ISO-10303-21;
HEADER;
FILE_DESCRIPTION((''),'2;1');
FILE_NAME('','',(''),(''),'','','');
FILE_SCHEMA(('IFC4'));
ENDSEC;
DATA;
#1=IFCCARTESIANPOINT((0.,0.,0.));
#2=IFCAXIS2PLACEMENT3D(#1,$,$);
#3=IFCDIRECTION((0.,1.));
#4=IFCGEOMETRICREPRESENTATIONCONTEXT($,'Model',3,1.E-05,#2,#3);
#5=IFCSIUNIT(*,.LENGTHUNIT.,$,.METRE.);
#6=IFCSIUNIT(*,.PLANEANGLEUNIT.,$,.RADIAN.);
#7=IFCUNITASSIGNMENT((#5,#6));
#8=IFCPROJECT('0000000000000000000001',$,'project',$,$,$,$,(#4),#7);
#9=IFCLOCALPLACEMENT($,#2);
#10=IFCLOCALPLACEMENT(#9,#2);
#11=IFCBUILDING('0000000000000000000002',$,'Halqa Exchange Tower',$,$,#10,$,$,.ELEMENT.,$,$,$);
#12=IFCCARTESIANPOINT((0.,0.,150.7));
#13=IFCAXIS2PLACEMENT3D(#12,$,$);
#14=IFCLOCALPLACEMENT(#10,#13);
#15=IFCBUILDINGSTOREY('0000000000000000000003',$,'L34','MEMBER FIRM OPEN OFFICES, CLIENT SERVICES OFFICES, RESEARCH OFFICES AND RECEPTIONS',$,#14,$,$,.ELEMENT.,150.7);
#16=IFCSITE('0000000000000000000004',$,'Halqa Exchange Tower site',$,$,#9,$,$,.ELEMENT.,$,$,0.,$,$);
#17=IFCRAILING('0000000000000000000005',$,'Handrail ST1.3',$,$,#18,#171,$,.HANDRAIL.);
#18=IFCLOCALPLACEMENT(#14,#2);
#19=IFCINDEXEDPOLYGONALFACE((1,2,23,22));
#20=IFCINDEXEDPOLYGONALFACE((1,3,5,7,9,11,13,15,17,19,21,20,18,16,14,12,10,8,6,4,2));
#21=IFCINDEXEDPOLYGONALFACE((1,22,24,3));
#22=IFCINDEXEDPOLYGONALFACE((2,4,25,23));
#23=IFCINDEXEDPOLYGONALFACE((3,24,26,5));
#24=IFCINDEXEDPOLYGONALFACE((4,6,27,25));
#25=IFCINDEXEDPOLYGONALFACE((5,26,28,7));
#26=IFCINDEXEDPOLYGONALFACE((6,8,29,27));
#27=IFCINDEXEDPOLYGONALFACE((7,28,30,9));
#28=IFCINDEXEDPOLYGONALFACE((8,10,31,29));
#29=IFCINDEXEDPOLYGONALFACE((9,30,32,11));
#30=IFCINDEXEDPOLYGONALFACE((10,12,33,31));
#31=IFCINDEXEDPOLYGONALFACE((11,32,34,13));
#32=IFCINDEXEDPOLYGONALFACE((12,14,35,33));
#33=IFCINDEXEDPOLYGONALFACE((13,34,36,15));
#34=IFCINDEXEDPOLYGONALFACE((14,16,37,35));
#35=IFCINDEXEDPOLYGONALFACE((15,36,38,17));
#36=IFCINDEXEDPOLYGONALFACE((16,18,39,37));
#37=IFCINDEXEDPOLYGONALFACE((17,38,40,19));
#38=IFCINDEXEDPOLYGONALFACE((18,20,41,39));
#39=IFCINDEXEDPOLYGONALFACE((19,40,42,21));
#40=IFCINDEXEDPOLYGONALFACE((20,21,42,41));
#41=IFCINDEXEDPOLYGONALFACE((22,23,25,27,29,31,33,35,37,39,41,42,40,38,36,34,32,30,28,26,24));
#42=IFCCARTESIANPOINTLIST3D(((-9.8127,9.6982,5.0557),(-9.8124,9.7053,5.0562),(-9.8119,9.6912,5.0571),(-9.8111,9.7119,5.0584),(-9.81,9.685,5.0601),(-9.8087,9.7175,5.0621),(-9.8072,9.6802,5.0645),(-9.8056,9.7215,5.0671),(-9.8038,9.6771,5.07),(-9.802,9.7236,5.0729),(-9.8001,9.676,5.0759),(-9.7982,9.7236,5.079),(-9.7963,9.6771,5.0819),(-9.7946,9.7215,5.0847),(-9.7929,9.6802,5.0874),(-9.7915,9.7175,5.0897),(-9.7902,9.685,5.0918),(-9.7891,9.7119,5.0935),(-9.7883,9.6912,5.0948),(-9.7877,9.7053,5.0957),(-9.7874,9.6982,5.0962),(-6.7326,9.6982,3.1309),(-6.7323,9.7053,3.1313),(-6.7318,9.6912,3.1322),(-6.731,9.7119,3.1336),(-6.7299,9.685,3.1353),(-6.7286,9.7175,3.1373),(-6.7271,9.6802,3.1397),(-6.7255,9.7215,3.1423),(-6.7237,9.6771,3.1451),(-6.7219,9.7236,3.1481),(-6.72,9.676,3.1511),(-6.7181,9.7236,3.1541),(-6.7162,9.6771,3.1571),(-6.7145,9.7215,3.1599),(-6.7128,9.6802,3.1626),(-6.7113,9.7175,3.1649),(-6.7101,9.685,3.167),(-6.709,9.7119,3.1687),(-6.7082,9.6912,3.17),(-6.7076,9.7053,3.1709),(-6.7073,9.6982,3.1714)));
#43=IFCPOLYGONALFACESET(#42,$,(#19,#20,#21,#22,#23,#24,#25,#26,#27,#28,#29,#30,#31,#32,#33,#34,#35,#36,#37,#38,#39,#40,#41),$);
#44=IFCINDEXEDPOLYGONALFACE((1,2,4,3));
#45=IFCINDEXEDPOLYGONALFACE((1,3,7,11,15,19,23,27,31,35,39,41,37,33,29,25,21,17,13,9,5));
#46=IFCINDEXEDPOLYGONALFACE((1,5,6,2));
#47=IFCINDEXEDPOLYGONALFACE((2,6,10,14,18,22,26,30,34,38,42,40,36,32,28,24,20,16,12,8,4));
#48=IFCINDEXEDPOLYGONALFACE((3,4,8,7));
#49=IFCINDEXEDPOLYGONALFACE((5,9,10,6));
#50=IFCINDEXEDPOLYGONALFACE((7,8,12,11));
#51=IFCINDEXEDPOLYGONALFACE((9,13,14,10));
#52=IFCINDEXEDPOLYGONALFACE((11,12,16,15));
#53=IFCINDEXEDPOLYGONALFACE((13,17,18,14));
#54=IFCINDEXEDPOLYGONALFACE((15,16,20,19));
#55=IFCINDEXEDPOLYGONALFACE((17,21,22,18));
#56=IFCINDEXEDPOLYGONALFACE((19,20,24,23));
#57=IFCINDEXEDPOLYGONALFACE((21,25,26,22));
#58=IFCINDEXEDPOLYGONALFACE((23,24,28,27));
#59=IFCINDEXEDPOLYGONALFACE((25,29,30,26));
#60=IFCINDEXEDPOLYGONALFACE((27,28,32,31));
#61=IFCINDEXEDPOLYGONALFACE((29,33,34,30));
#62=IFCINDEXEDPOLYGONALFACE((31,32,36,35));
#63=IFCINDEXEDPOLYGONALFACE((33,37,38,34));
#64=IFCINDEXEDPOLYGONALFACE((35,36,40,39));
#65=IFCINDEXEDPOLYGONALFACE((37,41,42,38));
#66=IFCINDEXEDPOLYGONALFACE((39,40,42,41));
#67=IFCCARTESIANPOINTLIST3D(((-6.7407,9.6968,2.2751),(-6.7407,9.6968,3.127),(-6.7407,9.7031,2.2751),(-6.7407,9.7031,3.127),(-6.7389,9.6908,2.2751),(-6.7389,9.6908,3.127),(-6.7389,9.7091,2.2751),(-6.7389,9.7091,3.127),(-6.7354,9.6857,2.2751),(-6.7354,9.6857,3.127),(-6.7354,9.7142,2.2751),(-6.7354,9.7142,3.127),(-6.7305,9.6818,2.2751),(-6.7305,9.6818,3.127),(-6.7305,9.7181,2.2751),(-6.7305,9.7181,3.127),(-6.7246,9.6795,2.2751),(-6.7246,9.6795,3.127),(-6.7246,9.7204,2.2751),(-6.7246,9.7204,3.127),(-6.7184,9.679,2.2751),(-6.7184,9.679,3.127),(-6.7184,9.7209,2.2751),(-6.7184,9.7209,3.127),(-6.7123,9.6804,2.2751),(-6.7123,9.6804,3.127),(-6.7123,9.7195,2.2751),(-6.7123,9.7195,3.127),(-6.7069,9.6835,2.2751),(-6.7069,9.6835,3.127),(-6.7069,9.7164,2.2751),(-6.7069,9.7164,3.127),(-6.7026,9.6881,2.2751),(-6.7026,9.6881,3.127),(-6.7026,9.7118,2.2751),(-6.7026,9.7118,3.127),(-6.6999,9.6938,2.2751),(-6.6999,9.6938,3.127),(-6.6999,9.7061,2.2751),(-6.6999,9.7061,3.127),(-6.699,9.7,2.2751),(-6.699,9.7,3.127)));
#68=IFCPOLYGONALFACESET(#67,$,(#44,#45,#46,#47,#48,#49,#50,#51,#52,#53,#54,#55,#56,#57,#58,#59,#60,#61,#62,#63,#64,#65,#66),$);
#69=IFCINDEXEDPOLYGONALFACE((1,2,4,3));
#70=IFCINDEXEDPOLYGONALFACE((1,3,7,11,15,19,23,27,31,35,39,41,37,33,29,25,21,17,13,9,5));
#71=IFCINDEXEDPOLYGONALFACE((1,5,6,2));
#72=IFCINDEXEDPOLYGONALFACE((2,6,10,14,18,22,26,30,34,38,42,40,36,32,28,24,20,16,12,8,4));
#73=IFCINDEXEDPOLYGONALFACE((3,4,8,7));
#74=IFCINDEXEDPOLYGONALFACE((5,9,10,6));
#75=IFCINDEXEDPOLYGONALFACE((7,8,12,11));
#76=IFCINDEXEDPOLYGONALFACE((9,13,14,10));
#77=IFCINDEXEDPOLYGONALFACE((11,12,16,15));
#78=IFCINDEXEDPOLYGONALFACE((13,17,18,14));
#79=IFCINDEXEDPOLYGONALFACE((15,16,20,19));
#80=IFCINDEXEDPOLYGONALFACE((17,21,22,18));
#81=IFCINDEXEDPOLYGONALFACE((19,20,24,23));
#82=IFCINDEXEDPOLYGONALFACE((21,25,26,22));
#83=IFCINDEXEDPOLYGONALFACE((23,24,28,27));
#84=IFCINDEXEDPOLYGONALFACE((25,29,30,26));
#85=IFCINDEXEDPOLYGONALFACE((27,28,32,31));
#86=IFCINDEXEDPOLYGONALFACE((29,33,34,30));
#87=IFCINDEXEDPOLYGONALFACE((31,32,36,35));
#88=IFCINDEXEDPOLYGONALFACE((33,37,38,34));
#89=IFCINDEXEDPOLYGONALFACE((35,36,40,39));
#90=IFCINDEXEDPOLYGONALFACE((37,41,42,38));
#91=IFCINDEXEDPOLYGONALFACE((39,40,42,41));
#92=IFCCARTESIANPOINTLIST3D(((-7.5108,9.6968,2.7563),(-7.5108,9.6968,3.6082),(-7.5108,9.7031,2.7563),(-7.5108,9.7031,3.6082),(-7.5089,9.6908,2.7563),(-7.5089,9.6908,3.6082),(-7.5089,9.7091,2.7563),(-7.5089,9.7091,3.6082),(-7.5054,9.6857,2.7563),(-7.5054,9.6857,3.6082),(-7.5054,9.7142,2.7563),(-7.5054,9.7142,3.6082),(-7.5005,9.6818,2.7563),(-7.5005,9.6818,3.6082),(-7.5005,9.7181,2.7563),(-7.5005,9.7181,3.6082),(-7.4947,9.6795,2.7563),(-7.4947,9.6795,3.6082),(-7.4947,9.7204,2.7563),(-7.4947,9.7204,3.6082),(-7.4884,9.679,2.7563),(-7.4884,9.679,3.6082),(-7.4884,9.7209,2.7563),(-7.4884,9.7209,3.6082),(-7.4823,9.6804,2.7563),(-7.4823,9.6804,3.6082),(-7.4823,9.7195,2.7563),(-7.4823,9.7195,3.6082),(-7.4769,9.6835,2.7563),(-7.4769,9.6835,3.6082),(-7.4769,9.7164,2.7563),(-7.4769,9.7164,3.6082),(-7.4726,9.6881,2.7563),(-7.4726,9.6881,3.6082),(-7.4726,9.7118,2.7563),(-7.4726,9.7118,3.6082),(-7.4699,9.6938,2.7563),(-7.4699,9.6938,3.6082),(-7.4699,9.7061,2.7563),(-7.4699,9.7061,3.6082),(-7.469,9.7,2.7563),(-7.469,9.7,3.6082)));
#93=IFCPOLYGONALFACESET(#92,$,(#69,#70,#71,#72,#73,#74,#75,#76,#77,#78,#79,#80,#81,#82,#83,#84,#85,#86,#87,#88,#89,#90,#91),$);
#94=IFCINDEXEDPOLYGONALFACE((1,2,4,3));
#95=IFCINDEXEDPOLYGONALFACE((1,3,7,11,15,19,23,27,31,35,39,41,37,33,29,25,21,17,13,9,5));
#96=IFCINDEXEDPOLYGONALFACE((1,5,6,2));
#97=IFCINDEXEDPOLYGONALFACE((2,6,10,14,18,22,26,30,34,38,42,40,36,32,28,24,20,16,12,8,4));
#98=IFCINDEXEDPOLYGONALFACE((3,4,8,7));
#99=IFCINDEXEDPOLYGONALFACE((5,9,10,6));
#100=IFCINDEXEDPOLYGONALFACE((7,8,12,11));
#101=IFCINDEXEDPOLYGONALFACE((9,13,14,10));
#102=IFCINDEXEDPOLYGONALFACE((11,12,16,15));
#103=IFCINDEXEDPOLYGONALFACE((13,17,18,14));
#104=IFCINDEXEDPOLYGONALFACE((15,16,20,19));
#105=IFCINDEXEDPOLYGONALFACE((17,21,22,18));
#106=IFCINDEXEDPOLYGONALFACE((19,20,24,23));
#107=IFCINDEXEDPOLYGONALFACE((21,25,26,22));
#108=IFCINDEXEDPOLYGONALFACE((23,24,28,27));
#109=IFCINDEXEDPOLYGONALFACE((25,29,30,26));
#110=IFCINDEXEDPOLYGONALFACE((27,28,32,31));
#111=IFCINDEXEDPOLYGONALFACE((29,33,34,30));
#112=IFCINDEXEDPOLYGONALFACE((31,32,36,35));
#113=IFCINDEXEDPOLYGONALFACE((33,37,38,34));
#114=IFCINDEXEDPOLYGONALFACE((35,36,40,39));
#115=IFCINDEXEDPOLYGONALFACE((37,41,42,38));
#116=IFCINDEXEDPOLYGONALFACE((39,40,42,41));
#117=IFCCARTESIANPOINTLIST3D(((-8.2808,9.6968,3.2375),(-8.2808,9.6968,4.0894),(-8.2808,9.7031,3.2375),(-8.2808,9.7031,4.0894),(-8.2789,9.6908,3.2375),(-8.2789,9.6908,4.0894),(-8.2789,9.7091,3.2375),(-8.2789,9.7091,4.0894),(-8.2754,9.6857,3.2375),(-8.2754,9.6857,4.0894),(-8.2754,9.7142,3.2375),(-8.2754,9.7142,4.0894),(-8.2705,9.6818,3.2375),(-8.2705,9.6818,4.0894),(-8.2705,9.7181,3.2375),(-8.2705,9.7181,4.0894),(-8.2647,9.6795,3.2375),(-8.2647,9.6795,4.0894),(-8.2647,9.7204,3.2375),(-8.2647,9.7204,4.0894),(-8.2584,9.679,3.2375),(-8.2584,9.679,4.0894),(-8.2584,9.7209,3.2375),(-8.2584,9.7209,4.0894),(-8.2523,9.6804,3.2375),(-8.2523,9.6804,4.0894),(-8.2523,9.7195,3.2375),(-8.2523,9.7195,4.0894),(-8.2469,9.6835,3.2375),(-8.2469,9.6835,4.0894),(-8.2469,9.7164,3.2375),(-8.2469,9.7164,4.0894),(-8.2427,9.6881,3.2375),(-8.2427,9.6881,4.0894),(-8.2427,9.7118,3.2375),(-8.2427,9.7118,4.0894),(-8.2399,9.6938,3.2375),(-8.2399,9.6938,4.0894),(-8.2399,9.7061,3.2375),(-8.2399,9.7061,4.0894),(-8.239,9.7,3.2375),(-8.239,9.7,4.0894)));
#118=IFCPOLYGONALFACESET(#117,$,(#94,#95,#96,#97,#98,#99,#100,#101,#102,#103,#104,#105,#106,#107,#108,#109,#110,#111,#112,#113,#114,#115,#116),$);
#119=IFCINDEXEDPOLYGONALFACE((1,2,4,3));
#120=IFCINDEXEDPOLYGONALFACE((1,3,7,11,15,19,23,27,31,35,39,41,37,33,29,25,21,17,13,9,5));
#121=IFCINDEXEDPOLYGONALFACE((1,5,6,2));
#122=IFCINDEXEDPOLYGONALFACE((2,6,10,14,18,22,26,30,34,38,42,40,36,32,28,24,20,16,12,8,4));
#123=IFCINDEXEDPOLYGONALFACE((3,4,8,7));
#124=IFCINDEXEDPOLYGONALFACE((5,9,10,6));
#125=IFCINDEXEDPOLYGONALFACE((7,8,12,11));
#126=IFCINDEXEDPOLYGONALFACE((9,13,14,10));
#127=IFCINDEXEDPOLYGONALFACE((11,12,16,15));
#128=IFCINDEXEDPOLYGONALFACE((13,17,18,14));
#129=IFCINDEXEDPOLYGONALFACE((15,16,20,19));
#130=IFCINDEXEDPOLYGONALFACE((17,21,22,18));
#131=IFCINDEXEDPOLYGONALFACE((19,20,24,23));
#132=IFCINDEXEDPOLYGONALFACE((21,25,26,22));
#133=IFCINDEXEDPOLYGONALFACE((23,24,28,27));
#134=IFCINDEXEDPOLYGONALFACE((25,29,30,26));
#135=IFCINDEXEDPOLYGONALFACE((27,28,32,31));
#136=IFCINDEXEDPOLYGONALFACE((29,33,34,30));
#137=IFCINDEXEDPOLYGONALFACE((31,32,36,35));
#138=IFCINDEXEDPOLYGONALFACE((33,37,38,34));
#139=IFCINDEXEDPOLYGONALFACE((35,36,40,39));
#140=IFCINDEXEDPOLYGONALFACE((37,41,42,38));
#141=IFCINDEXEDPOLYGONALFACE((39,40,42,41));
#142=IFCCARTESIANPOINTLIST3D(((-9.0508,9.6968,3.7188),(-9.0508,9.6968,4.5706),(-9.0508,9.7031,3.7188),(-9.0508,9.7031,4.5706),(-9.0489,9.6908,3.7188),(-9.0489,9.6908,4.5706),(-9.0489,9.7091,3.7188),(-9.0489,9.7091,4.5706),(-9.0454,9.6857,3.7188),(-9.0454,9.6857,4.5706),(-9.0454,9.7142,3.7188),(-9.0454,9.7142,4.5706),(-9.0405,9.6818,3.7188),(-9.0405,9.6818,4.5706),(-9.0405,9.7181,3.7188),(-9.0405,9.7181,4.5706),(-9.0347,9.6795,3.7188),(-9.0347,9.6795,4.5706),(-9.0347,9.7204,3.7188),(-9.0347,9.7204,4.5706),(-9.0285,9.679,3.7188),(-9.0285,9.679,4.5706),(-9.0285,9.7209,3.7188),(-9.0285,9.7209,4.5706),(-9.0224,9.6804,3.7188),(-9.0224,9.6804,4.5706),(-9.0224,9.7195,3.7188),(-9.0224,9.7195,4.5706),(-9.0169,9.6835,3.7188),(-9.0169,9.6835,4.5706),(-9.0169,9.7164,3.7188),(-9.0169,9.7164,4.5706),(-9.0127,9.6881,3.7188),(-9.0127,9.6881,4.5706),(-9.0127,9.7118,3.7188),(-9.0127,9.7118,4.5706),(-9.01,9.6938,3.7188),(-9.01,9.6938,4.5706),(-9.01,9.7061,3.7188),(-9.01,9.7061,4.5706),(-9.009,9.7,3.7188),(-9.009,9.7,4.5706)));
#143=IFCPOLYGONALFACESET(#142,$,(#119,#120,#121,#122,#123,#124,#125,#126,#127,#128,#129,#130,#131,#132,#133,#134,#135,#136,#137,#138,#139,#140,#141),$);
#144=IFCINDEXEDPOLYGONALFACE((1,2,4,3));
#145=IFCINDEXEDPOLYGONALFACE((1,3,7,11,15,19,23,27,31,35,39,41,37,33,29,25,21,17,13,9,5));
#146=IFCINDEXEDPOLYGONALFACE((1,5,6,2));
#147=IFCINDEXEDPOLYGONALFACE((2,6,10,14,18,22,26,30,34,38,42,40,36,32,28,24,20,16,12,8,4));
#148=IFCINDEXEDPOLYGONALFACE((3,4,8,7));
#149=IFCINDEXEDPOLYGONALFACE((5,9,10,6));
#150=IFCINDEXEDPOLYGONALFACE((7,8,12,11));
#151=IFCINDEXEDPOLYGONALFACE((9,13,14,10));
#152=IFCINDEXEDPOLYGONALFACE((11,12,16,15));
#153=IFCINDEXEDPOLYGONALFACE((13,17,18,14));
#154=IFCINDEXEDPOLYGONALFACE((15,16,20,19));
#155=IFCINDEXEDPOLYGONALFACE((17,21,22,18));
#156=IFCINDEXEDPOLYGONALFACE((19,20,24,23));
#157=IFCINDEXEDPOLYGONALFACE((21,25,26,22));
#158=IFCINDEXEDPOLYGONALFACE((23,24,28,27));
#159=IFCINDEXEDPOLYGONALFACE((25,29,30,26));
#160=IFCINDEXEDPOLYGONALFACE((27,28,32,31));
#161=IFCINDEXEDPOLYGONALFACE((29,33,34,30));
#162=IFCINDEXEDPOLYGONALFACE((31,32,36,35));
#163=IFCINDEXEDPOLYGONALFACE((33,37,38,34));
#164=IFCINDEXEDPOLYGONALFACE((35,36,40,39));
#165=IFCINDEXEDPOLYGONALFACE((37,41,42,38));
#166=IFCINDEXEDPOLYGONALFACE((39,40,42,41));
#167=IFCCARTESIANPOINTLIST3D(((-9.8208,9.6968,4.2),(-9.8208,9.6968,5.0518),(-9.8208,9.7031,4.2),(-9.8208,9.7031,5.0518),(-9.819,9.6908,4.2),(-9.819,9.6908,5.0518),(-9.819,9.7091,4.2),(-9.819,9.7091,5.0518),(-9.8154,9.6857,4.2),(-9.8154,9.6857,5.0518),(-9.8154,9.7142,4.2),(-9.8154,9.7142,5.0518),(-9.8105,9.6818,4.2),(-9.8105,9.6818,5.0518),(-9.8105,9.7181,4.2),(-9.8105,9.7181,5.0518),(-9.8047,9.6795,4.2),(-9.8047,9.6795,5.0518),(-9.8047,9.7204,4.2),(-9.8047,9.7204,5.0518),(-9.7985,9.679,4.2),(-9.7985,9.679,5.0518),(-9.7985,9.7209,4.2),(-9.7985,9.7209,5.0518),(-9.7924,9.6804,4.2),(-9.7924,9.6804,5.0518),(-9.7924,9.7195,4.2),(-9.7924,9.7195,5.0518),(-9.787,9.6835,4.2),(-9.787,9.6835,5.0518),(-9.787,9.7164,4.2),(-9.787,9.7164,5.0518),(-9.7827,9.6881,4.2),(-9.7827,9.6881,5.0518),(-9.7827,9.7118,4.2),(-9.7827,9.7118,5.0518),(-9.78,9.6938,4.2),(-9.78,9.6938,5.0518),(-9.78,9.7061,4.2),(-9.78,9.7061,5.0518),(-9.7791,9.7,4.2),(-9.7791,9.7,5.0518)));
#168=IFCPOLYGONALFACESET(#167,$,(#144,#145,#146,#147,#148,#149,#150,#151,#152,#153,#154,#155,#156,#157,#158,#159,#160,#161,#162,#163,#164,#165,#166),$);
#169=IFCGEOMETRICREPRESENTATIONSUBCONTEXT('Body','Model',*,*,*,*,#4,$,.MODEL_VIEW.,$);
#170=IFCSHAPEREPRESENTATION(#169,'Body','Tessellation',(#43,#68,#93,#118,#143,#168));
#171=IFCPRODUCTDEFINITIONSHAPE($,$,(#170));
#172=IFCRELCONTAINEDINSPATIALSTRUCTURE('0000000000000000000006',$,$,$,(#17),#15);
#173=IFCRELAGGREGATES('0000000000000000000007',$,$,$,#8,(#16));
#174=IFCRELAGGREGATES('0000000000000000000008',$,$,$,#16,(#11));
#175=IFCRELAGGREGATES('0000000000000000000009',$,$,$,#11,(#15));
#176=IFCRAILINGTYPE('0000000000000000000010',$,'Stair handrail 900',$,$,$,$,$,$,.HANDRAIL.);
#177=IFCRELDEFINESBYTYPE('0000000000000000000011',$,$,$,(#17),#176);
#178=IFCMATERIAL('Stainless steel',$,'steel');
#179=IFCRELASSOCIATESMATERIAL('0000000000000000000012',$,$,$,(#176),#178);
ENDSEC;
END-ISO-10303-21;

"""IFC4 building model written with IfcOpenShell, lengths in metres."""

from ifc_helpers import new_model, si_unit, direction, frame, origin, origin_2d, place, context, subcontext, project, spatial, circle, extrude, material, type_object, element, save


model = new_model("IFC4")

# Units and contexts
model_context = context("Model", 3, precision=1e-05, world=origin(), true_north=direction((0.0, 1.0)))
body_context = subcontext(model_context, "Body", "Model", "MODEL_VIEW")
ifc_project = project(units=[si_unit("LENGTHUNIT", "METRE"), si_unit("PLANEANGLEUNIT", "RADIAN")], contexts=[model_context])

# Site, building, storey
site_placement = place(None, origin())
site = spatial("IfcSite", under=ifc_project, at=site_placement, Name="Halqa Exchange Tower site", CompositionType="ELEMENT", RefElevation=0.0)
building_placement = place(site_placement, origin())
building = spatial("IfcBuilding", under=site, at=building_placement, Name="Halqa Exchange Tower", CompositionType="ELEMENT")
storey_placement = place(building_placement, frame((0.0, 0.0, 150.7)))
storey = spatial("IfcBuildingStorey", under=building, at=storey_placement, Name="L34", Description="MEMBER FIRM OPEN OFFICES, CLIENT SERVICES OFFICES, RESEARCH OFFICES AND RECEPTIONS", CompositionType="ELEMENT", Elevation=150.7)

# Railing
ifc_material_1 = material(Name="Stainless steel", Category="steel")
railing_type_1 = type_object("IfcRailingType", Name="Stair handrail 900", PredefinedType="HANDRAIL", material=ifc_material_1)
railing_1_placement = place(storey_placement, frame((-6.72, 9.7, 2.2751)))
element("IfcRailing", 1, at=railing_1_placement, inside=storey, type_object=railing_type_1, Name="Handrail ST1.3", PredefinedType="HANDRAIL", context=body_context, shape_type="SweptSolid", body=[
    extrude(circle(Radius=0.0239, at=origin_2d()), frame((0.0, 0.0, 0.876), z_axis=(-0.848029, 0.0, 0.529951), x_axis=(0.0, -1.0, 0.0)), (0.0, 0.0, 1.0), 3.6321),
    extrude(circle(Radius=0.021, at=origin_2d()), origin(), (0.0, 0.0, 1.0), 0.8518),
    extrude(circle(Radius=0.021, at=origin_2d()), frame((-0.77, 0.0, 0.4812)), (0.0, 0.0, 1.0), 0.8518),
    extrude(circle(Radius=0.021, at=origin_2d()), frame((-1.54, 0.0, 0.9624)), (0.0, 0.0, 1.0), 0.8518),
    extrude(circle(Radius=0.021, at=origin_2d()), frame((-2.3101, 0.0, 1.4436)), (0.0, 0.0, 1.0), 0.8518),
    extrude(circle(Radius=0.021, at=origin_2d()), frame((-3.0801, 0.0, 1.9248)), (0.0, 0.0, 1.0), 0.8518),
])

save(model, "model.ifc")
